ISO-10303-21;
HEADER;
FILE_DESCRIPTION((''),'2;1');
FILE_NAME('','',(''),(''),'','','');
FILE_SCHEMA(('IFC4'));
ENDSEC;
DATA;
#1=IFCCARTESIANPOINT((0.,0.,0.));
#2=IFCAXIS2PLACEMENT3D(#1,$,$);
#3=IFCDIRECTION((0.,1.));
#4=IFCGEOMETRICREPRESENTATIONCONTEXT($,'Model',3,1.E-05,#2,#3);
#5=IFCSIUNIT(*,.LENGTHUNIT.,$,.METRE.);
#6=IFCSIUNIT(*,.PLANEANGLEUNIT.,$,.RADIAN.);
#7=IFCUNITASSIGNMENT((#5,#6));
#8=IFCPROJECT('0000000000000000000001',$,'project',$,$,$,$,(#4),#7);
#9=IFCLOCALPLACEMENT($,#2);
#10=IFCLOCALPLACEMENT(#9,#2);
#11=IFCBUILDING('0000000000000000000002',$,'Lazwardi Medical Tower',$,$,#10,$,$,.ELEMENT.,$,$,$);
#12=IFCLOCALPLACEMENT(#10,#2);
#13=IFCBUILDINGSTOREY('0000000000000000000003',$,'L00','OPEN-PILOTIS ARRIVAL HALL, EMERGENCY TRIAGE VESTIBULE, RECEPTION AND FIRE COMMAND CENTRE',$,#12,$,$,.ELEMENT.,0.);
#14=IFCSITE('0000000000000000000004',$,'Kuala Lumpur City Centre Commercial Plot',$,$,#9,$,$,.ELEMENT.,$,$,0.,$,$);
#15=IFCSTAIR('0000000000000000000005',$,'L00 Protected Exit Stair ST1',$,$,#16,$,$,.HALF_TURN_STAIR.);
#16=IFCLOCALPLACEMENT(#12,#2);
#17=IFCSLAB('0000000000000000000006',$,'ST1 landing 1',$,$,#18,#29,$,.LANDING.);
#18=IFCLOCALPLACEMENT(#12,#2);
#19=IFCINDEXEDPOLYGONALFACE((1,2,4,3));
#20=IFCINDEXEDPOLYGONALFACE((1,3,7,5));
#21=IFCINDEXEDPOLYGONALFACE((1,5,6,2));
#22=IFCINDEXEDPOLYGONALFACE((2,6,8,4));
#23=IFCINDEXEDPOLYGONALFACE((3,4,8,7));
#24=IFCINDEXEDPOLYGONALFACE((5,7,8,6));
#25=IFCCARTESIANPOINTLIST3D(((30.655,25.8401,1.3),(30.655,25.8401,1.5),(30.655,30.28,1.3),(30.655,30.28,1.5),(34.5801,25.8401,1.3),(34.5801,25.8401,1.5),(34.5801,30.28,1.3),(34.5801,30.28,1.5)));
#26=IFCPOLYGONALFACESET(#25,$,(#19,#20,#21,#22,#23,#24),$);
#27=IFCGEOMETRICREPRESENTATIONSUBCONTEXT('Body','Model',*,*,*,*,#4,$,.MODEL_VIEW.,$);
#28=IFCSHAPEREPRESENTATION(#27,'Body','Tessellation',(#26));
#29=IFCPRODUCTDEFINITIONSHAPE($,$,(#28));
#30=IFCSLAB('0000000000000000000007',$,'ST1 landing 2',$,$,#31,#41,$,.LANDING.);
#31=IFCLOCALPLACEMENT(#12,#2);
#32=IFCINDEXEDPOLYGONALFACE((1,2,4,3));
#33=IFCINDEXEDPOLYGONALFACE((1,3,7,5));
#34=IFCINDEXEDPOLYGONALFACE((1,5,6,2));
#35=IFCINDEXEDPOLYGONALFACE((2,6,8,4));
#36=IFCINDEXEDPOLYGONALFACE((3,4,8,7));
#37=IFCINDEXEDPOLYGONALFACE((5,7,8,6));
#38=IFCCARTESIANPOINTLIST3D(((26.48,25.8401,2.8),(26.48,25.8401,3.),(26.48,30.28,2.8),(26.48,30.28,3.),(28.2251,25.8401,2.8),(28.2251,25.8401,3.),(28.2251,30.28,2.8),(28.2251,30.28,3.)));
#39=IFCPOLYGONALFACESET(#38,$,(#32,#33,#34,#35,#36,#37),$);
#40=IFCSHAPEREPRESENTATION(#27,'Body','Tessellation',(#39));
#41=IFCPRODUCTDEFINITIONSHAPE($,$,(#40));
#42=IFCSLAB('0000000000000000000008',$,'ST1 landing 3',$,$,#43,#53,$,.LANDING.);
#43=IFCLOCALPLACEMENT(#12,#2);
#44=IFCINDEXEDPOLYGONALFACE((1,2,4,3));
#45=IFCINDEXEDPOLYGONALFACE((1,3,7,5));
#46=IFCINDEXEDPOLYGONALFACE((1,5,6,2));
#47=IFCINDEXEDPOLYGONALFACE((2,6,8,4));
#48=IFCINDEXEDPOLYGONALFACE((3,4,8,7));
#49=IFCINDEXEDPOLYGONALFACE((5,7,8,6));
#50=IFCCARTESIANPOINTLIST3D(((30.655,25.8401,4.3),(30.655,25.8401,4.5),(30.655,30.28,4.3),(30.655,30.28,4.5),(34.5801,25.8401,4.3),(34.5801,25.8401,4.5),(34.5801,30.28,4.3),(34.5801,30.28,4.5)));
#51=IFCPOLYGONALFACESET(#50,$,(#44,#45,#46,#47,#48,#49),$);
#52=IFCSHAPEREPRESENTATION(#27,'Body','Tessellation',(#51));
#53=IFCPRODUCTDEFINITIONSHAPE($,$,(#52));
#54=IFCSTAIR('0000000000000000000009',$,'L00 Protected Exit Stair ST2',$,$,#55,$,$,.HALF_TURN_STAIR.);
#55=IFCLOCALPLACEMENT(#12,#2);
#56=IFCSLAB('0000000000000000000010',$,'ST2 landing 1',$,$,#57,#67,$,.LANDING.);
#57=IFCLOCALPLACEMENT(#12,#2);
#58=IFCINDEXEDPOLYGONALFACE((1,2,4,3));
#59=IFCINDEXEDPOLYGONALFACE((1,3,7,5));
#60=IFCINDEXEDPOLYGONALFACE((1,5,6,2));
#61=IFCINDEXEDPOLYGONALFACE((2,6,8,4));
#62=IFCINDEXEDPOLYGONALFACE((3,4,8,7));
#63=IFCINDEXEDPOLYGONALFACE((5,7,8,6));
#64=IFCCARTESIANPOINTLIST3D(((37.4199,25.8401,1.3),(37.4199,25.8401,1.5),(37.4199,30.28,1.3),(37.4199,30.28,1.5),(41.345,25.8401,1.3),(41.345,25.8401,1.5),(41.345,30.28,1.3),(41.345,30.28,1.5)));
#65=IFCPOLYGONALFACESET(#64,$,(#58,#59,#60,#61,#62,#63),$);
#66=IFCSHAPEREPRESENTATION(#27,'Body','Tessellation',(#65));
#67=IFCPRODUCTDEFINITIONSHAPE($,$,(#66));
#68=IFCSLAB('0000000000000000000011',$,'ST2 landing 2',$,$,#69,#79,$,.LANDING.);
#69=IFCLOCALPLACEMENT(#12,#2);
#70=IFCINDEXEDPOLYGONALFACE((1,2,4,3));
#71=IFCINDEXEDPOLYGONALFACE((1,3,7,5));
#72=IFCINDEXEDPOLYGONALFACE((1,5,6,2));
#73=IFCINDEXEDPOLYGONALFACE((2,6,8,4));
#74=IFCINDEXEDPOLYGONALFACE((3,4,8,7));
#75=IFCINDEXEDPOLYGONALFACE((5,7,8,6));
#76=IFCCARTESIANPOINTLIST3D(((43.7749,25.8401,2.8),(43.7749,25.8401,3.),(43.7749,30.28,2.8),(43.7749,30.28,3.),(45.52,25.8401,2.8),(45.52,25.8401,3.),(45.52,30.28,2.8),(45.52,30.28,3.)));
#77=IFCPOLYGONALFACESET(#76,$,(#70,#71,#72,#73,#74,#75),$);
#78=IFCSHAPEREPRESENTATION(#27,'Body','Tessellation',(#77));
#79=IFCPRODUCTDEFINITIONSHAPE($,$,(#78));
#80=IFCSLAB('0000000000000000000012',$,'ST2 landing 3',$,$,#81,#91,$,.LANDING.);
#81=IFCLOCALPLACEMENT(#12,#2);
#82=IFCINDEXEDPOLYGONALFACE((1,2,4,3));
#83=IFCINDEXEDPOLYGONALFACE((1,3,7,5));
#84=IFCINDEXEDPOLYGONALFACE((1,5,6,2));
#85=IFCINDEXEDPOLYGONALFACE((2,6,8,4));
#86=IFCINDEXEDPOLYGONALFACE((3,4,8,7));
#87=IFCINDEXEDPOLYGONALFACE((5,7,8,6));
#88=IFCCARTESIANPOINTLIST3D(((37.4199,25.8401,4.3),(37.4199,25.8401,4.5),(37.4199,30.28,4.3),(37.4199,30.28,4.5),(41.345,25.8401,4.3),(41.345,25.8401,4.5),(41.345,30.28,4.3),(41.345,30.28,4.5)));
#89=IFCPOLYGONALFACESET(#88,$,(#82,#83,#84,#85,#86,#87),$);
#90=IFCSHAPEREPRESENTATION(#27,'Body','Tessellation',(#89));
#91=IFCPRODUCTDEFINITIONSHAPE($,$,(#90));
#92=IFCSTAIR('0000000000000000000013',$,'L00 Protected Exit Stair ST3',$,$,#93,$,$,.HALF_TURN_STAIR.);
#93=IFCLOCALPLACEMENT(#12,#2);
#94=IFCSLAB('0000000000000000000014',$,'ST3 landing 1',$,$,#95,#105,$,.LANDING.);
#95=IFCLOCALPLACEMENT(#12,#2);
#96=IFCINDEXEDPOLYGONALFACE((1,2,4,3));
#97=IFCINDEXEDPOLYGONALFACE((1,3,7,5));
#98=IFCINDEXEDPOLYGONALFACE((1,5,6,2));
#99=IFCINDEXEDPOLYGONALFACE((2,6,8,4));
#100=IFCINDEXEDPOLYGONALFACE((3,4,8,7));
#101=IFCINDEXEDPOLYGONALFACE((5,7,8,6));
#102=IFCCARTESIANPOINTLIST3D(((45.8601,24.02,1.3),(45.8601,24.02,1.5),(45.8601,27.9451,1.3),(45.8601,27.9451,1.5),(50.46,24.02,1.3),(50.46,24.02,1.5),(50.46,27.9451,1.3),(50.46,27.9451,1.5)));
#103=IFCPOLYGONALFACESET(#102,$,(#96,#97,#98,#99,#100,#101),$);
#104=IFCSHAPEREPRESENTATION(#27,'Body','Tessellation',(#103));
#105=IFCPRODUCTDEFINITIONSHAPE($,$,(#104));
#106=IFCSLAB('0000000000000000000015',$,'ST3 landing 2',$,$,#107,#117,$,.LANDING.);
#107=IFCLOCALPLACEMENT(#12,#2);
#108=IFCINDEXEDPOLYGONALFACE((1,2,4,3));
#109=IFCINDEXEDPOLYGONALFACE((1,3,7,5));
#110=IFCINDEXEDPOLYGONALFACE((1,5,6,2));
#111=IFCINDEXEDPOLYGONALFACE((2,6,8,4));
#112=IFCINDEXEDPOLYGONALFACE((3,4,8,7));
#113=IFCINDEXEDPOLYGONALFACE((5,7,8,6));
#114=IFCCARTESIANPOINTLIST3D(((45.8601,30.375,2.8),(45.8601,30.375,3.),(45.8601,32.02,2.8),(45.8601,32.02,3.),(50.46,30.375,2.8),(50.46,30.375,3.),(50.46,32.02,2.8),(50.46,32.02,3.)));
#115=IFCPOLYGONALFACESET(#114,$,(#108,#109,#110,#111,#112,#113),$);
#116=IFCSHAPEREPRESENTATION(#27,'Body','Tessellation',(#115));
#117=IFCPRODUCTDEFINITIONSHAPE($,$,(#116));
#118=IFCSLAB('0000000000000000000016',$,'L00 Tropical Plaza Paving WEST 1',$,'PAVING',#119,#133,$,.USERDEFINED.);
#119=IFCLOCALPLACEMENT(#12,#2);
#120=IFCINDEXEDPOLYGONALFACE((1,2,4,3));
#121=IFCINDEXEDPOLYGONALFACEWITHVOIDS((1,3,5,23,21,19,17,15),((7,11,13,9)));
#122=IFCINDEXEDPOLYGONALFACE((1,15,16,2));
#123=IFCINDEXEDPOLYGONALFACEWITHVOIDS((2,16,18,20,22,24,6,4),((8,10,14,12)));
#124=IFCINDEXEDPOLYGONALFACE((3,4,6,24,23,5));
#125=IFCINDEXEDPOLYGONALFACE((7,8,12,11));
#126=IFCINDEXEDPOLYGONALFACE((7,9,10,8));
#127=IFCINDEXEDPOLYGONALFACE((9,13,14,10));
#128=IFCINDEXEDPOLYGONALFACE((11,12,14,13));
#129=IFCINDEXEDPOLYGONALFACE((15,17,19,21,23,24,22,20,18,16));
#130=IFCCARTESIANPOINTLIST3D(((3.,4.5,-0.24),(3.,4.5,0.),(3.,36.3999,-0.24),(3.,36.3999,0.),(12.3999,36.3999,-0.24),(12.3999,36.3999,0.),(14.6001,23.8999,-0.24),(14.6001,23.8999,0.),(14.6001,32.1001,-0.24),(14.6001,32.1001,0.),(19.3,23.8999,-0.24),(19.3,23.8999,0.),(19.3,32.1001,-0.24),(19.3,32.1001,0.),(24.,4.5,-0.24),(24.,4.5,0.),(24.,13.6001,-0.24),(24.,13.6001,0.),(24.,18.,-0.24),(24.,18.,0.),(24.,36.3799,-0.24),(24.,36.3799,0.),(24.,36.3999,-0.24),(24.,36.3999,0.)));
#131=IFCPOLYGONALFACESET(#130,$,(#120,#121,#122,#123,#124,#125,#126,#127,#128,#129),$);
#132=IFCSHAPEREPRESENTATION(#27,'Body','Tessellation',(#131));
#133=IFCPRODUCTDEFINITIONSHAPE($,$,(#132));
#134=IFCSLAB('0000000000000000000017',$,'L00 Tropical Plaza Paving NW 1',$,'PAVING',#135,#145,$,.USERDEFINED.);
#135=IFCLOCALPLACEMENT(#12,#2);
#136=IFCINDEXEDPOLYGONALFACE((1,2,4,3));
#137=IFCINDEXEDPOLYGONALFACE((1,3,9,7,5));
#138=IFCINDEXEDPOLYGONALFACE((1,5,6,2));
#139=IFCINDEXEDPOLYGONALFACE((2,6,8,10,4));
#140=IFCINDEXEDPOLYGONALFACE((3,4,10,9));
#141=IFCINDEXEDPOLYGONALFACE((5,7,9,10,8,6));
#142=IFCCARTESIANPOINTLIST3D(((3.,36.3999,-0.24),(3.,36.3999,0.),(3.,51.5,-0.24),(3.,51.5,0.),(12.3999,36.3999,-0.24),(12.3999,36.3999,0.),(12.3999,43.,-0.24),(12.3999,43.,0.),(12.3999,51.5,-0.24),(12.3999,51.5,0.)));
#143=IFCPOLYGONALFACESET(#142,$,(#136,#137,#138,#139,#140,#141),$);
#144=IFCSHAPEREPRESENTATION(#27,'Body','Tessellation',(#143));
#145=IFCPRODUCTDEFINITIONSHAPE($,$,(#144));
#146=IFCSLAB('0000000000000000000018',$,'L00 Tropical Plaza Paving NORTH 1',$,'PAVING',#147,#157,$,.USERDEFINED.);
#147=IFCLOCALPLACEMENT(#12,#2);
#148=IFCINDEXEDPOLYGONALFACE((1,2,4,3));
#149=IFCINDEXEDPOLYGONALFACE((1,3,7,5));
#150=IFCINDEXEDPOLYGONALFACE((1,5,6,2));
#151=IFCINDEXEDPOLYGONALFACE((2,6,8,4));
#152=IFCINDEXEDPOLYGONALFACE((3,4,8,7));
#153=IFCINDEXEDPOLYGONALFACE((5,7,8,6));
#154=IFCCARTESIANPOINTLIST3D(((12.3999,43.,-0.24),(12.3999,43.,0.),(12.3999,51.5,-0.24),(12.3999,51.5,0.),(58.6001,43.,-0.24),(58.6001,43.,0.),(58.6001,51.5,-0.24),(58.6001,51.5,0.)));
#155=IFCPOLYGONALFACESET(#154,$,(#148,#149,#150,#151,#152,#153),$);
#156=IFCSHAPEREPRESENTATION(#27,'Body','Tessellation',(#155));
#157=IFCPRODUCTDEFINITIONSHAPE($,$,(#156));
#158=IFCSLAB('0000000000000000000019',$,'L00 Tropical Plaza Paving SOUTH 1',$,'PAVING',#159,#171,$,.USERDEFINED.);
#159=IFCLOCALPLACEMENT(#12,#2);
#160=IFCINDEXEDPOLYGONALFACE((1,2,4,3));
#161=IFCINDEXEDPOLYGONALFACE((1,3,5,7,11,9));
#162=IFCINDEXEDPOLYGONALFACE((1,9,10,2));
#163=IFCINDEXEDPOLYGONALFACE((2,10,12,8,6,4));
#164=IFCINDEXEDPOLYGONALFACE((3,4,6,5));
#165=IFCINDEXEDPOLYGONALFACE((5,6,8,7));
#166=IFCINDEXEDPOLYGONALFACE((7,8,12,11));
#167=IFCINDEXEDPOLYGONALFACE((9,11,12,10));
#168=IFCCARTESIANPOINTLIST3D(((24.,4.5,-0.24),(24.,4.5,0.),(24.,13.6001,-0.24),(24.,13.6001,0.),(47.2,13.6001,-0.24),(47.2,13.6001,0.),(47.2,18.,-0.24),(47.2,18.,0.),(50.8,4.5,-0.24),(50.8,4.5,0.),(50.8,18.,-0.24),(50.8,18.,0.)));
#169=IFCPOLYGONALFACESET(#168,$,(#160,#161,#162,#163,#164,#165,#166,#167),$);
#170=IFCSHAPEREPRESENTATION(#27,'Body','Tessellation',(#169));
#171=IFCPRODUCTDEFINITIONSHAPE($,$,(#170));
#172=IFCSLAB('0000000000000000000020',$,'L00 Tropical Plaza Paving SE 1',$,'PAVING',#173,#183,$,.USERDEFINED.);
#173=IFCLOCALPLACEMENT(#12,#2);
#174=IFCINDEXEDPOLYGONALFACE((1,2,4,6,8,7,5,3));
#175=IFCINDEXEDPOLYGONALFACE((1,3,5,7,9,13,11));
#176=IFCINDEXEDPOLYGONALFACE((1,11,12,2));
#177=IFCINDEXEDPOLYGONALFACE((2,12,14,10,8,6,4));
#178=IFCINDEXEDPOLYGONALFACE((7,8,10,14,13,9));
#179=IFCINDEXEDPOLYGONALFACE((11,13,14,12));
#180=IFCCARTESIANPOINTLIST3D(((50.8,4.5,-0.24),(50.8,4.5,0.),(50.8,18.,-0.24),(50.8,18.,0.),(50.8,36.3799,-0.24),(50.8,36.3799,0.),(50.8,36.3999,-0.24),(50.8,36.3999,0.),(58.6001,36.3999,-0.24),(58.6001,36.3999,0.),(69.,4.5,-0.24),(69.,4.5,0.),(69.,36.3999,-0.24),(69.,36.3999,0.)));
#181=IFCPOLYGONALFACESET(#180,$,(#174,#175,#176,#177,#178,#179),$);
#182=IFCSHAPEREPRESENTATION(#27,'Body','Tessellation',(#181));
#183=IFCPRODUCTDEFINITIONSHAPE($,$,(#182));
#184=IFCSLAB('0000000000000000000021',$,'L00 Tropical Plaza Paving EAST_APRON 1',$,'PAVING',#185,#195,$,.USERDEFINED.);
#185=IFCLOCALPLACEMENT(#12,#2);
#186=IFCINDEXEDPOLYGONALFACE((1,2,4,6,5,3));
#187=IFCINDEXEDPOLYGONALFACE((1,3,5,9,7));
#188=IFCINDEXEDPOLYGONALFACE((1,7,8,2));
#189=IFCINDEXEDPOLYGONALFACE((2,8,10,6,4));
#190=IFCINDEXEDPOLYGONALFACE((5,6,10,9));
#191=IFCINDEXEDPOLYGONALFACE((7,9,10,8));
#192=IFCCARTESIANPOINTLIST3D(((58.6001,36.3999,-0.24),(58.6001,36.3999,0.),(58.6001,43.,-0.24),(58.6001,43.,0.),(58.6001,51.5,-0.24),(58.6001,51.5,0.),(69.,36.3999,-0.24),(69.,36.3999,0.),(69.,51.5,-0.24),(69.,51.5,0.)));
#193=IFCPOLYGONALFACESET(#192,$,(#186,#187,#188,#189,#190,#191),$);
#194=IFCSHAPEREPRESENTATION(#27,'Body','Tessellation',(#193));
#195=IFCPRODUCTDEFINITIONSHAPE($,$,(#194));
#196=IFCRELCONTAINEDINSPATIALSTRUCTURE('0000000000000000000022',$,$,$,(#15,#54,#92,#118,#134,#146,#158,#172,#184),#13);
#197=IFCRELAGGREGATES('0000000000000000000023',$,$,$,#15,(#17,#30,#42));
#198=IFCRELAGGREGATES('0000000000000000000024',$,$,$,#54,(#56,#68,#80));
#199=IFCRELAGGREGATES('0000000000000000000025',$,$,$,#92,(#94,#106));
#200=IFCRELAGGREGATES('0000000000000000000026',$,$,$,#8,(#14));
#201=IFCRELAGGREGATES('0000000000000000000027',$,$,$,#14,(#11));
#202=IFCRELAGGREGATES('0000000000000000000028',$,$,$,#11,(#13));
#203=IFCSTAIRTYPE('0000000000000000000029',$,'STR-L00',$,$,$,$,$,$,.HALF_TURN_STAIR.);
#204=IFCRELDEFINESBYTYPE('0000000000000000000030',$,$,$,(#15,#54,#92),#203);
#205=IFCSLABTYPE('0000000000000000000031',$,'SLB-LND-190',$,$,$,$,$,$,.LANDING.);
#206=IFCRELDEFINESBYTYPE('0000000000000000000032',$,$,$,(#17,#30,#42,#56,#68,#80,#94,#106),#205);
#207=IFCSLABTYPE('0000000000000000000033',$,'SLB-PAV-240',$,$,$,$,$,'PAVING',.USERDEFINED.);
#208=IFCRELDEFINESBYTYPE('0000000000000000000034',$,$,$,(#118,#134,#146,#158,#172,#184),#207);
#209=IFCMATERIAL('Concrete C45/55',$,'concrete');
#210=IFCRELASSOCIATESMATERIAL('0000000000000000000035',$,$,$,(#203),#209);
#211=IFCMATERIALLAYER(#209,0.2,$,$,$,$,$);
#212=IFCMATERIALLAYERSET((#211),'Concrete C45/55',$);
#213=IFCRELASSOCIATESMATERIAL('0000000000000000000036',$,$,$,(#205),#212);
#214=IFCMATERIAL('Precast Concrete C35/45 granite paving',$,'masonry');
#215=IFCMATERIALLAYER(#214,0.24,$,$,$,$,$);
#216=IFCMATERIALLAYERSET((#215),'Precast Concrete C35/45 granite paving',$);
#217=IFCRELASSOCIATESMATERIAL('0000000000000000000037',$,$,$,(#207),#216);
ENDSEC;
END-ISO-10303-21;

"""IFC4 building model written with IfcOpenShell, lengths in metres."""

from ifc_helpers import new_model, si_unit, direction, frame, origin, place, context, subcontext, project, spatial, polyline, outline, extrude, material, layer, layer_set, type_object, element, aggregate, save


model = new_model("IFC4")

# Units and contexts
model_context = context("Model", 3, precision=1e-05, world=origin(), true_north=direction((0.0, 1.0)))
body_context = subcontext(model_context, "Body", "Model", "MODEL_VIEW")
ifc_project = project(units=[si_unit("LENGTHUNIT", "METRE"), si_unit("PLANEANGLEUNIT", "RADIAN")], contexts=[model_context])

# Site, building, storey
site_placement = place(None, origin())
site = spatial("IfcSite", under=ifc_project, at=site_placement, Name="Kuala Lumpur City Centre Commercial Plot", CompositionType="ELEMENT", RefElevation=0.0)
building_placement = place(site_placement, origin())
building = spatial("IfcBuilding", under=site, at=building_placement, Name="Lazwardi Medical Tower", CompositionType="ELEMENT")
storey_placement = place(building_placement, origin())
storey = spatial("IfcBuildingStorey", under=building, at=storey_placement, Name="L00", Description="OPEN-PILOTIS ARRIVAL HALL, EMERGENCY TRIAGE VESTIBULE, RECEPTION AND FIRE COMMAND CENTRE", CompositionType="ELEMENT", Elevation=0.0)

# Stairs, slabs
ifc_material_1 = material(Name="Concrete C45/55", Category="concrete")
stair_type = type_object("IfcStairType", Name="STR-L00", PredefinedType="HALF_TURN_STAIR", material=ifc_material_1)
stair_1_placement = place(storey_placement, origin())
stair_1 = element("IfcStair", 1, at=stair_1_placement, inside=storey, type_object=stair_type, Name="L00 Protected Exit Stair ST1", PredefinedType="HALF_TURN_STAIR")
ifc_layer_1 = layer(ifc_material_1, 0.2)
ifc_layer_set_1 = layer_set([ifc_layer_1], Name="Concrete C45/55")
slab_type_1 = type_object("IfcSlabType", Name="SLB-LND-190", PredefinedType="LANDING", material=ifc_layer_set_1)
slab_1_placement = place(storey_placement, frame((0.0, 0.0, 1.3)))
slab_1 = element("IfcSlab", 2, at=slab_1_placement, type_object=slab_type_1, Name="ST1 landing 1", PredefinedType="LANDING", context=body_context, shape_type="SweptSolid", body=[
    extrude(outline(polyline([(30.655, 25.8401), (34.5801, 25.8401), (34.5801, 30.28), (30.655, 30.28), (30.655, 25.8401)])), origin(), (0.0, 0.0, 1.0), 0.2),
])
slab_2_placement = place(storey_placement, frame((0.0, 0.0, 2.8)))
slab_2 = element("IfcSlab", 3, at=slab_2_placement, type_object=slab_type_1, Name="ST1 landing 2", PredefinedType="LANDING", context=body_context, shape_type="SweptSolid", body=[
    extrude(outline(polyline([(26.48, 25.8401), (28.2251, 25.8401), (28.2251, 30.28), (26.48, 30.28), (26.48, 25.8401)])), origin(), (0.0, 0.0, 1.0), 0.2),
])
slab_3_placement = place(storey_placement, frame((0.0, 0.0, 4.3)))
slab_3 = element("IfcSlab", 4, at=slab_3_placement, type_object=slab_type_1, Name="ST1 landing 3", PredefinedType="LANDING", context=body_context, shape_type="SweptSolid", body=[
    extrude(outline(polyline([(30.655, 25.8401), (34.5801, 25.8401), (34.5801, 30.28), (30.655, 30.28), (30.655, 25.8401)])), origin(), (0.0, 0.0, 1.0), 0.2),
])
aggregate(stair_1, [slab_1, slab_2, slab_3])
stair_2_placement = place(storey_placement, origin())
stair_2 = element("IfcStair", 5, at=stair_2_placement, inside=storey, type_object=stair_type, Name="L00 Protected Exit Stair ST2", PredefinedType="HALF_TURN_STAIR")
slab_4_placement = place(storey_placement, frame((0.0, 0.0, 1.3)))
slab_4 = element("IfcSlab", 6, at=slab_4_placement, type_object=slab_type_1, Name="ST2 landing 1", PredefinedType="LANDING", context=body_context, shape_type="SweptSolid", body=[
    extrude(outline(polyline([(41.345, 30.28), (37.4199, 30.28), (37.4199, 25.8401), (41.345, 25.8401), (41.345, 30.28)])), origin(), (0.0, 0.0, 1.0), 0.2),
])
slab_5_placement = place(storey_placement, frame((0.0, 0.0, 2.8)))
slab_5 = element("IfcSlab", 7, at=slab_5_placement, type_object=slab_type_1, Name="ST2 landing 2", PredefinedType="LANDING", context=body_context, shape_type="SweptSolid", body=[
    extrude(outline(polyline([(45.52, 30.28), (43.7749, 30.28), (43.7749, 25.8401), (45.52, 25.8401), (45.52, 30.28)])), origin(), (0.0, 0.0, 1.0), 0.2),
])
slab_6_placement = place(storey_placement, frame((0.0, 0.0, 4.3)))
slab_6 = element("IfcSlab", 8, at=slab_6_placement, type_object=slab_type_1, Name="ST2 landing 3", PredefinedType="LANDING", context=body_context, shape_type="SweptSolid", body=[
    extrude(outline(polyline([(41.345, 30.28), (37.4199, 30.28), (37.4199, 25.8401), (41.345, 25.8401), (41.345, 30.28)])), origin(), (0.0, 0.0, 1.0), 0.2),
])
aggregate(stair_2, [slab_4, slab_5, slab_6])
stair_3_placement = place(storey_placement, origin())
stair_3 = element("IfcStair", 9, at=stair_3_placement, inside=storey, type_object=stair_type, Name="L00 Protected Exit Stair ST3", PredefinedType="HALF_TURN_STAIR")
slab_7_placement = place(storey_placement, frame((0.0, 0.0, 1.3)))
slab_7 = element("IfcSlab", 10, at=slab_7_placement, type_object=slab_type_1, Name="ST3 landing 1", PredefinedType="LANDING", context=body_context, shape_type="SweptSolid", body=[
    extrude(outline(polyline([(45.8601, 27.9451), (45.8601, 24.02), (50.46, 24.02), (50.46, 27.9451), (45.8601, 27.9451)])), origin(), (0.0, 0.0, 1.0), 0.2),
])
slab_8_placement = place(storey_placement, frame((0.0, 0.0, 2.8)))
slab_8 = element("IfcSlab", 11, at=slab_8_placement, type_object=slab_type_1, Name="ST3 landing 2", PredefinedType="LANDING", context=body_context, shape_type="SweptSolid", body=[
    extrude(outline(polyline([(45.8601, 32.02), (45.8601, 30.375), (50.46, 30.375), (50.46, 32.02), (45.8601, 32.02)])), origin(), (0.0, 0.0, 1.0), 0.2),
])
aggregate(stair_3, [slab_7, slab_8])

# Slabs
ifc_material_2 = material(Name="Precast Concrete C35/45 granite paving", Category="masonry")
ifc_layer_2 = layer(ifc_material_2, 0.24)
ifc_layer_set_2 = layer_set([ifc_layer_2], Name="Precast Concrete C35/45 granite paving")
slab_type_2 = type_object("IfcSlabType", Name="SLB-PAV-240", ElementType="PAVING", PredefinedType="USERDEFINED", material=ifc_layer_set_2)
slab_9_placement = place(storey_placement, frame((0.0, 0.0, -0.24)))
element("IfcSlab", 12, at=slab_9_placement, inside=storey, type_object=slab_type_2, Name="L00 Tropical Plaza Paving WEST 1", ObjectType="PAVING", PredefinedType="USERDEFINED", context=body_context, shape_type="SweptSolid", body=[
    extrude(outline(polyline([(24.0, 13.6001), (24.0, 18.0), (24.0, 36.3799), (24.0, 36.3999), (12.3999, 36.3999), (3.0, 36.3999), (3.0, 4.5), (24.0, 4.5), (24.0, 13.6001)]), holes=[polyline([(14.6001, 32.1001), (19.3, 32.1001), (19.3, 23.8999), (14.6001, 23.8999), (14.6001, 32.1001)])]), origin(), (0.0, 0.0, 1.0), 0.24),
])
slab_10_placement = place(storey_placement, frame((0.0, 0.0, -0.24)))
element("IfcSlab", 13, at=slab_10_placement, inside=storey, type_object=slab_type_2, Name="L00 Tropical Plaza Paving NW 1", ObjectType="PAVING", PredefinedType="USERDEFINED", context=body_context, shape_type="SweptSolid", body=[
    extrude(outline(polyline([(12.3999, 43.0), (12.3999, 51.5), (3.0, 51.5), (3.0, 36.3999), (12.3999, 36.3999), (12.3999, 43.0)])), origin(), (0.0, 0.0, 1.0), 0.24),
])
slab_11_placement = place(storey_placement, frame((0.0, 0.0, -0.24)))
element("IfcSlab", 14, at=slab_11_placement, inside=storey, type_object=slab_type_2, Name="L00 Tropical Plaza Paving NORTH 1", ObjectType="PAVING", PredefinedType="USERDEFINED", context=body_context, shape_type="SweptSolid", body=[
    extrude(outline(polyline([(12.3999, 43.0), (58.6001, 43.0), (58.6001, 51.5), (12.3999, 51.5), (12.3999, 43.0)])), origin(), (0.0, 0.0, 1.0), 0.24),
])
slab_12_placement = place(storey_placement, frame((0.0, 0.0, -0.24)))
element("IfcSlab", 15, at=slab_12_placement, inside=storey, type_object=slab_type_2, Name="L00 Tropical Plaza Paving SOUTH 1", ObjectType="PAVING", PredefinedType="USERDEFINED", context=body_context, shape_type="SweptSolid", body=[
    extrude(outline(polyline([(50.8, 18.0), (47.2, 18.0), (47.2, 13.6001), (24.0, 13.6001), (24.0, 4.5), (50.8, 4.5), (50.8, 18.0)])), origin(), (0.0, 0.0, 1.0), 0.24),
])
slab_13_placement = place(storey_placement, frame((0.0, 0.0, -0.24)))
element("IfcSlab", 16, at=slab_13_placement, inside=storey, type_object=slab_type_2, Name="L00 Tropical Plaza Paving SE 1", ObjectType="PAVING", PredefinedType="USERDEFINED", context=body_context, shape_type="SweptSolid", body=[
    extrude(outline(polyline([(58.6001, 36.3999), (50.8, 36.3999), (50.8, 36.3799), (50.8, 18.0), (50.8, 4.5), (69.0, 4.5), (69.0, 36.3999), (58.6001, 36.3999)])), origin(), (0.0, 0.0, 1.0), 0.24),
])
slab_14_placement = place(storey_placement, frame((0.0, 0.0, -0.24)))
element("IfcSlab", 17, at=slab_14_placement, inside=storey, type_object=slab_type_2, Name="L00 Tropical Plaza Paving EAST_APRON 1", ObjectType="PAVING", PredefinedType="USERDEFINED", context=body_context, shape_type="SweptSolid", body=[
    extrude(outline(polyline([(58.6001, 43.0), (58.6001, 36.3999), (69.0, 36.3999), (69.0, 51.5), (58.6001, 51.5), (58.6001, 43.0)])), origin(), (0.0, 0.0, 1.0), 0.24),
])

save(model, "model.ifc")
